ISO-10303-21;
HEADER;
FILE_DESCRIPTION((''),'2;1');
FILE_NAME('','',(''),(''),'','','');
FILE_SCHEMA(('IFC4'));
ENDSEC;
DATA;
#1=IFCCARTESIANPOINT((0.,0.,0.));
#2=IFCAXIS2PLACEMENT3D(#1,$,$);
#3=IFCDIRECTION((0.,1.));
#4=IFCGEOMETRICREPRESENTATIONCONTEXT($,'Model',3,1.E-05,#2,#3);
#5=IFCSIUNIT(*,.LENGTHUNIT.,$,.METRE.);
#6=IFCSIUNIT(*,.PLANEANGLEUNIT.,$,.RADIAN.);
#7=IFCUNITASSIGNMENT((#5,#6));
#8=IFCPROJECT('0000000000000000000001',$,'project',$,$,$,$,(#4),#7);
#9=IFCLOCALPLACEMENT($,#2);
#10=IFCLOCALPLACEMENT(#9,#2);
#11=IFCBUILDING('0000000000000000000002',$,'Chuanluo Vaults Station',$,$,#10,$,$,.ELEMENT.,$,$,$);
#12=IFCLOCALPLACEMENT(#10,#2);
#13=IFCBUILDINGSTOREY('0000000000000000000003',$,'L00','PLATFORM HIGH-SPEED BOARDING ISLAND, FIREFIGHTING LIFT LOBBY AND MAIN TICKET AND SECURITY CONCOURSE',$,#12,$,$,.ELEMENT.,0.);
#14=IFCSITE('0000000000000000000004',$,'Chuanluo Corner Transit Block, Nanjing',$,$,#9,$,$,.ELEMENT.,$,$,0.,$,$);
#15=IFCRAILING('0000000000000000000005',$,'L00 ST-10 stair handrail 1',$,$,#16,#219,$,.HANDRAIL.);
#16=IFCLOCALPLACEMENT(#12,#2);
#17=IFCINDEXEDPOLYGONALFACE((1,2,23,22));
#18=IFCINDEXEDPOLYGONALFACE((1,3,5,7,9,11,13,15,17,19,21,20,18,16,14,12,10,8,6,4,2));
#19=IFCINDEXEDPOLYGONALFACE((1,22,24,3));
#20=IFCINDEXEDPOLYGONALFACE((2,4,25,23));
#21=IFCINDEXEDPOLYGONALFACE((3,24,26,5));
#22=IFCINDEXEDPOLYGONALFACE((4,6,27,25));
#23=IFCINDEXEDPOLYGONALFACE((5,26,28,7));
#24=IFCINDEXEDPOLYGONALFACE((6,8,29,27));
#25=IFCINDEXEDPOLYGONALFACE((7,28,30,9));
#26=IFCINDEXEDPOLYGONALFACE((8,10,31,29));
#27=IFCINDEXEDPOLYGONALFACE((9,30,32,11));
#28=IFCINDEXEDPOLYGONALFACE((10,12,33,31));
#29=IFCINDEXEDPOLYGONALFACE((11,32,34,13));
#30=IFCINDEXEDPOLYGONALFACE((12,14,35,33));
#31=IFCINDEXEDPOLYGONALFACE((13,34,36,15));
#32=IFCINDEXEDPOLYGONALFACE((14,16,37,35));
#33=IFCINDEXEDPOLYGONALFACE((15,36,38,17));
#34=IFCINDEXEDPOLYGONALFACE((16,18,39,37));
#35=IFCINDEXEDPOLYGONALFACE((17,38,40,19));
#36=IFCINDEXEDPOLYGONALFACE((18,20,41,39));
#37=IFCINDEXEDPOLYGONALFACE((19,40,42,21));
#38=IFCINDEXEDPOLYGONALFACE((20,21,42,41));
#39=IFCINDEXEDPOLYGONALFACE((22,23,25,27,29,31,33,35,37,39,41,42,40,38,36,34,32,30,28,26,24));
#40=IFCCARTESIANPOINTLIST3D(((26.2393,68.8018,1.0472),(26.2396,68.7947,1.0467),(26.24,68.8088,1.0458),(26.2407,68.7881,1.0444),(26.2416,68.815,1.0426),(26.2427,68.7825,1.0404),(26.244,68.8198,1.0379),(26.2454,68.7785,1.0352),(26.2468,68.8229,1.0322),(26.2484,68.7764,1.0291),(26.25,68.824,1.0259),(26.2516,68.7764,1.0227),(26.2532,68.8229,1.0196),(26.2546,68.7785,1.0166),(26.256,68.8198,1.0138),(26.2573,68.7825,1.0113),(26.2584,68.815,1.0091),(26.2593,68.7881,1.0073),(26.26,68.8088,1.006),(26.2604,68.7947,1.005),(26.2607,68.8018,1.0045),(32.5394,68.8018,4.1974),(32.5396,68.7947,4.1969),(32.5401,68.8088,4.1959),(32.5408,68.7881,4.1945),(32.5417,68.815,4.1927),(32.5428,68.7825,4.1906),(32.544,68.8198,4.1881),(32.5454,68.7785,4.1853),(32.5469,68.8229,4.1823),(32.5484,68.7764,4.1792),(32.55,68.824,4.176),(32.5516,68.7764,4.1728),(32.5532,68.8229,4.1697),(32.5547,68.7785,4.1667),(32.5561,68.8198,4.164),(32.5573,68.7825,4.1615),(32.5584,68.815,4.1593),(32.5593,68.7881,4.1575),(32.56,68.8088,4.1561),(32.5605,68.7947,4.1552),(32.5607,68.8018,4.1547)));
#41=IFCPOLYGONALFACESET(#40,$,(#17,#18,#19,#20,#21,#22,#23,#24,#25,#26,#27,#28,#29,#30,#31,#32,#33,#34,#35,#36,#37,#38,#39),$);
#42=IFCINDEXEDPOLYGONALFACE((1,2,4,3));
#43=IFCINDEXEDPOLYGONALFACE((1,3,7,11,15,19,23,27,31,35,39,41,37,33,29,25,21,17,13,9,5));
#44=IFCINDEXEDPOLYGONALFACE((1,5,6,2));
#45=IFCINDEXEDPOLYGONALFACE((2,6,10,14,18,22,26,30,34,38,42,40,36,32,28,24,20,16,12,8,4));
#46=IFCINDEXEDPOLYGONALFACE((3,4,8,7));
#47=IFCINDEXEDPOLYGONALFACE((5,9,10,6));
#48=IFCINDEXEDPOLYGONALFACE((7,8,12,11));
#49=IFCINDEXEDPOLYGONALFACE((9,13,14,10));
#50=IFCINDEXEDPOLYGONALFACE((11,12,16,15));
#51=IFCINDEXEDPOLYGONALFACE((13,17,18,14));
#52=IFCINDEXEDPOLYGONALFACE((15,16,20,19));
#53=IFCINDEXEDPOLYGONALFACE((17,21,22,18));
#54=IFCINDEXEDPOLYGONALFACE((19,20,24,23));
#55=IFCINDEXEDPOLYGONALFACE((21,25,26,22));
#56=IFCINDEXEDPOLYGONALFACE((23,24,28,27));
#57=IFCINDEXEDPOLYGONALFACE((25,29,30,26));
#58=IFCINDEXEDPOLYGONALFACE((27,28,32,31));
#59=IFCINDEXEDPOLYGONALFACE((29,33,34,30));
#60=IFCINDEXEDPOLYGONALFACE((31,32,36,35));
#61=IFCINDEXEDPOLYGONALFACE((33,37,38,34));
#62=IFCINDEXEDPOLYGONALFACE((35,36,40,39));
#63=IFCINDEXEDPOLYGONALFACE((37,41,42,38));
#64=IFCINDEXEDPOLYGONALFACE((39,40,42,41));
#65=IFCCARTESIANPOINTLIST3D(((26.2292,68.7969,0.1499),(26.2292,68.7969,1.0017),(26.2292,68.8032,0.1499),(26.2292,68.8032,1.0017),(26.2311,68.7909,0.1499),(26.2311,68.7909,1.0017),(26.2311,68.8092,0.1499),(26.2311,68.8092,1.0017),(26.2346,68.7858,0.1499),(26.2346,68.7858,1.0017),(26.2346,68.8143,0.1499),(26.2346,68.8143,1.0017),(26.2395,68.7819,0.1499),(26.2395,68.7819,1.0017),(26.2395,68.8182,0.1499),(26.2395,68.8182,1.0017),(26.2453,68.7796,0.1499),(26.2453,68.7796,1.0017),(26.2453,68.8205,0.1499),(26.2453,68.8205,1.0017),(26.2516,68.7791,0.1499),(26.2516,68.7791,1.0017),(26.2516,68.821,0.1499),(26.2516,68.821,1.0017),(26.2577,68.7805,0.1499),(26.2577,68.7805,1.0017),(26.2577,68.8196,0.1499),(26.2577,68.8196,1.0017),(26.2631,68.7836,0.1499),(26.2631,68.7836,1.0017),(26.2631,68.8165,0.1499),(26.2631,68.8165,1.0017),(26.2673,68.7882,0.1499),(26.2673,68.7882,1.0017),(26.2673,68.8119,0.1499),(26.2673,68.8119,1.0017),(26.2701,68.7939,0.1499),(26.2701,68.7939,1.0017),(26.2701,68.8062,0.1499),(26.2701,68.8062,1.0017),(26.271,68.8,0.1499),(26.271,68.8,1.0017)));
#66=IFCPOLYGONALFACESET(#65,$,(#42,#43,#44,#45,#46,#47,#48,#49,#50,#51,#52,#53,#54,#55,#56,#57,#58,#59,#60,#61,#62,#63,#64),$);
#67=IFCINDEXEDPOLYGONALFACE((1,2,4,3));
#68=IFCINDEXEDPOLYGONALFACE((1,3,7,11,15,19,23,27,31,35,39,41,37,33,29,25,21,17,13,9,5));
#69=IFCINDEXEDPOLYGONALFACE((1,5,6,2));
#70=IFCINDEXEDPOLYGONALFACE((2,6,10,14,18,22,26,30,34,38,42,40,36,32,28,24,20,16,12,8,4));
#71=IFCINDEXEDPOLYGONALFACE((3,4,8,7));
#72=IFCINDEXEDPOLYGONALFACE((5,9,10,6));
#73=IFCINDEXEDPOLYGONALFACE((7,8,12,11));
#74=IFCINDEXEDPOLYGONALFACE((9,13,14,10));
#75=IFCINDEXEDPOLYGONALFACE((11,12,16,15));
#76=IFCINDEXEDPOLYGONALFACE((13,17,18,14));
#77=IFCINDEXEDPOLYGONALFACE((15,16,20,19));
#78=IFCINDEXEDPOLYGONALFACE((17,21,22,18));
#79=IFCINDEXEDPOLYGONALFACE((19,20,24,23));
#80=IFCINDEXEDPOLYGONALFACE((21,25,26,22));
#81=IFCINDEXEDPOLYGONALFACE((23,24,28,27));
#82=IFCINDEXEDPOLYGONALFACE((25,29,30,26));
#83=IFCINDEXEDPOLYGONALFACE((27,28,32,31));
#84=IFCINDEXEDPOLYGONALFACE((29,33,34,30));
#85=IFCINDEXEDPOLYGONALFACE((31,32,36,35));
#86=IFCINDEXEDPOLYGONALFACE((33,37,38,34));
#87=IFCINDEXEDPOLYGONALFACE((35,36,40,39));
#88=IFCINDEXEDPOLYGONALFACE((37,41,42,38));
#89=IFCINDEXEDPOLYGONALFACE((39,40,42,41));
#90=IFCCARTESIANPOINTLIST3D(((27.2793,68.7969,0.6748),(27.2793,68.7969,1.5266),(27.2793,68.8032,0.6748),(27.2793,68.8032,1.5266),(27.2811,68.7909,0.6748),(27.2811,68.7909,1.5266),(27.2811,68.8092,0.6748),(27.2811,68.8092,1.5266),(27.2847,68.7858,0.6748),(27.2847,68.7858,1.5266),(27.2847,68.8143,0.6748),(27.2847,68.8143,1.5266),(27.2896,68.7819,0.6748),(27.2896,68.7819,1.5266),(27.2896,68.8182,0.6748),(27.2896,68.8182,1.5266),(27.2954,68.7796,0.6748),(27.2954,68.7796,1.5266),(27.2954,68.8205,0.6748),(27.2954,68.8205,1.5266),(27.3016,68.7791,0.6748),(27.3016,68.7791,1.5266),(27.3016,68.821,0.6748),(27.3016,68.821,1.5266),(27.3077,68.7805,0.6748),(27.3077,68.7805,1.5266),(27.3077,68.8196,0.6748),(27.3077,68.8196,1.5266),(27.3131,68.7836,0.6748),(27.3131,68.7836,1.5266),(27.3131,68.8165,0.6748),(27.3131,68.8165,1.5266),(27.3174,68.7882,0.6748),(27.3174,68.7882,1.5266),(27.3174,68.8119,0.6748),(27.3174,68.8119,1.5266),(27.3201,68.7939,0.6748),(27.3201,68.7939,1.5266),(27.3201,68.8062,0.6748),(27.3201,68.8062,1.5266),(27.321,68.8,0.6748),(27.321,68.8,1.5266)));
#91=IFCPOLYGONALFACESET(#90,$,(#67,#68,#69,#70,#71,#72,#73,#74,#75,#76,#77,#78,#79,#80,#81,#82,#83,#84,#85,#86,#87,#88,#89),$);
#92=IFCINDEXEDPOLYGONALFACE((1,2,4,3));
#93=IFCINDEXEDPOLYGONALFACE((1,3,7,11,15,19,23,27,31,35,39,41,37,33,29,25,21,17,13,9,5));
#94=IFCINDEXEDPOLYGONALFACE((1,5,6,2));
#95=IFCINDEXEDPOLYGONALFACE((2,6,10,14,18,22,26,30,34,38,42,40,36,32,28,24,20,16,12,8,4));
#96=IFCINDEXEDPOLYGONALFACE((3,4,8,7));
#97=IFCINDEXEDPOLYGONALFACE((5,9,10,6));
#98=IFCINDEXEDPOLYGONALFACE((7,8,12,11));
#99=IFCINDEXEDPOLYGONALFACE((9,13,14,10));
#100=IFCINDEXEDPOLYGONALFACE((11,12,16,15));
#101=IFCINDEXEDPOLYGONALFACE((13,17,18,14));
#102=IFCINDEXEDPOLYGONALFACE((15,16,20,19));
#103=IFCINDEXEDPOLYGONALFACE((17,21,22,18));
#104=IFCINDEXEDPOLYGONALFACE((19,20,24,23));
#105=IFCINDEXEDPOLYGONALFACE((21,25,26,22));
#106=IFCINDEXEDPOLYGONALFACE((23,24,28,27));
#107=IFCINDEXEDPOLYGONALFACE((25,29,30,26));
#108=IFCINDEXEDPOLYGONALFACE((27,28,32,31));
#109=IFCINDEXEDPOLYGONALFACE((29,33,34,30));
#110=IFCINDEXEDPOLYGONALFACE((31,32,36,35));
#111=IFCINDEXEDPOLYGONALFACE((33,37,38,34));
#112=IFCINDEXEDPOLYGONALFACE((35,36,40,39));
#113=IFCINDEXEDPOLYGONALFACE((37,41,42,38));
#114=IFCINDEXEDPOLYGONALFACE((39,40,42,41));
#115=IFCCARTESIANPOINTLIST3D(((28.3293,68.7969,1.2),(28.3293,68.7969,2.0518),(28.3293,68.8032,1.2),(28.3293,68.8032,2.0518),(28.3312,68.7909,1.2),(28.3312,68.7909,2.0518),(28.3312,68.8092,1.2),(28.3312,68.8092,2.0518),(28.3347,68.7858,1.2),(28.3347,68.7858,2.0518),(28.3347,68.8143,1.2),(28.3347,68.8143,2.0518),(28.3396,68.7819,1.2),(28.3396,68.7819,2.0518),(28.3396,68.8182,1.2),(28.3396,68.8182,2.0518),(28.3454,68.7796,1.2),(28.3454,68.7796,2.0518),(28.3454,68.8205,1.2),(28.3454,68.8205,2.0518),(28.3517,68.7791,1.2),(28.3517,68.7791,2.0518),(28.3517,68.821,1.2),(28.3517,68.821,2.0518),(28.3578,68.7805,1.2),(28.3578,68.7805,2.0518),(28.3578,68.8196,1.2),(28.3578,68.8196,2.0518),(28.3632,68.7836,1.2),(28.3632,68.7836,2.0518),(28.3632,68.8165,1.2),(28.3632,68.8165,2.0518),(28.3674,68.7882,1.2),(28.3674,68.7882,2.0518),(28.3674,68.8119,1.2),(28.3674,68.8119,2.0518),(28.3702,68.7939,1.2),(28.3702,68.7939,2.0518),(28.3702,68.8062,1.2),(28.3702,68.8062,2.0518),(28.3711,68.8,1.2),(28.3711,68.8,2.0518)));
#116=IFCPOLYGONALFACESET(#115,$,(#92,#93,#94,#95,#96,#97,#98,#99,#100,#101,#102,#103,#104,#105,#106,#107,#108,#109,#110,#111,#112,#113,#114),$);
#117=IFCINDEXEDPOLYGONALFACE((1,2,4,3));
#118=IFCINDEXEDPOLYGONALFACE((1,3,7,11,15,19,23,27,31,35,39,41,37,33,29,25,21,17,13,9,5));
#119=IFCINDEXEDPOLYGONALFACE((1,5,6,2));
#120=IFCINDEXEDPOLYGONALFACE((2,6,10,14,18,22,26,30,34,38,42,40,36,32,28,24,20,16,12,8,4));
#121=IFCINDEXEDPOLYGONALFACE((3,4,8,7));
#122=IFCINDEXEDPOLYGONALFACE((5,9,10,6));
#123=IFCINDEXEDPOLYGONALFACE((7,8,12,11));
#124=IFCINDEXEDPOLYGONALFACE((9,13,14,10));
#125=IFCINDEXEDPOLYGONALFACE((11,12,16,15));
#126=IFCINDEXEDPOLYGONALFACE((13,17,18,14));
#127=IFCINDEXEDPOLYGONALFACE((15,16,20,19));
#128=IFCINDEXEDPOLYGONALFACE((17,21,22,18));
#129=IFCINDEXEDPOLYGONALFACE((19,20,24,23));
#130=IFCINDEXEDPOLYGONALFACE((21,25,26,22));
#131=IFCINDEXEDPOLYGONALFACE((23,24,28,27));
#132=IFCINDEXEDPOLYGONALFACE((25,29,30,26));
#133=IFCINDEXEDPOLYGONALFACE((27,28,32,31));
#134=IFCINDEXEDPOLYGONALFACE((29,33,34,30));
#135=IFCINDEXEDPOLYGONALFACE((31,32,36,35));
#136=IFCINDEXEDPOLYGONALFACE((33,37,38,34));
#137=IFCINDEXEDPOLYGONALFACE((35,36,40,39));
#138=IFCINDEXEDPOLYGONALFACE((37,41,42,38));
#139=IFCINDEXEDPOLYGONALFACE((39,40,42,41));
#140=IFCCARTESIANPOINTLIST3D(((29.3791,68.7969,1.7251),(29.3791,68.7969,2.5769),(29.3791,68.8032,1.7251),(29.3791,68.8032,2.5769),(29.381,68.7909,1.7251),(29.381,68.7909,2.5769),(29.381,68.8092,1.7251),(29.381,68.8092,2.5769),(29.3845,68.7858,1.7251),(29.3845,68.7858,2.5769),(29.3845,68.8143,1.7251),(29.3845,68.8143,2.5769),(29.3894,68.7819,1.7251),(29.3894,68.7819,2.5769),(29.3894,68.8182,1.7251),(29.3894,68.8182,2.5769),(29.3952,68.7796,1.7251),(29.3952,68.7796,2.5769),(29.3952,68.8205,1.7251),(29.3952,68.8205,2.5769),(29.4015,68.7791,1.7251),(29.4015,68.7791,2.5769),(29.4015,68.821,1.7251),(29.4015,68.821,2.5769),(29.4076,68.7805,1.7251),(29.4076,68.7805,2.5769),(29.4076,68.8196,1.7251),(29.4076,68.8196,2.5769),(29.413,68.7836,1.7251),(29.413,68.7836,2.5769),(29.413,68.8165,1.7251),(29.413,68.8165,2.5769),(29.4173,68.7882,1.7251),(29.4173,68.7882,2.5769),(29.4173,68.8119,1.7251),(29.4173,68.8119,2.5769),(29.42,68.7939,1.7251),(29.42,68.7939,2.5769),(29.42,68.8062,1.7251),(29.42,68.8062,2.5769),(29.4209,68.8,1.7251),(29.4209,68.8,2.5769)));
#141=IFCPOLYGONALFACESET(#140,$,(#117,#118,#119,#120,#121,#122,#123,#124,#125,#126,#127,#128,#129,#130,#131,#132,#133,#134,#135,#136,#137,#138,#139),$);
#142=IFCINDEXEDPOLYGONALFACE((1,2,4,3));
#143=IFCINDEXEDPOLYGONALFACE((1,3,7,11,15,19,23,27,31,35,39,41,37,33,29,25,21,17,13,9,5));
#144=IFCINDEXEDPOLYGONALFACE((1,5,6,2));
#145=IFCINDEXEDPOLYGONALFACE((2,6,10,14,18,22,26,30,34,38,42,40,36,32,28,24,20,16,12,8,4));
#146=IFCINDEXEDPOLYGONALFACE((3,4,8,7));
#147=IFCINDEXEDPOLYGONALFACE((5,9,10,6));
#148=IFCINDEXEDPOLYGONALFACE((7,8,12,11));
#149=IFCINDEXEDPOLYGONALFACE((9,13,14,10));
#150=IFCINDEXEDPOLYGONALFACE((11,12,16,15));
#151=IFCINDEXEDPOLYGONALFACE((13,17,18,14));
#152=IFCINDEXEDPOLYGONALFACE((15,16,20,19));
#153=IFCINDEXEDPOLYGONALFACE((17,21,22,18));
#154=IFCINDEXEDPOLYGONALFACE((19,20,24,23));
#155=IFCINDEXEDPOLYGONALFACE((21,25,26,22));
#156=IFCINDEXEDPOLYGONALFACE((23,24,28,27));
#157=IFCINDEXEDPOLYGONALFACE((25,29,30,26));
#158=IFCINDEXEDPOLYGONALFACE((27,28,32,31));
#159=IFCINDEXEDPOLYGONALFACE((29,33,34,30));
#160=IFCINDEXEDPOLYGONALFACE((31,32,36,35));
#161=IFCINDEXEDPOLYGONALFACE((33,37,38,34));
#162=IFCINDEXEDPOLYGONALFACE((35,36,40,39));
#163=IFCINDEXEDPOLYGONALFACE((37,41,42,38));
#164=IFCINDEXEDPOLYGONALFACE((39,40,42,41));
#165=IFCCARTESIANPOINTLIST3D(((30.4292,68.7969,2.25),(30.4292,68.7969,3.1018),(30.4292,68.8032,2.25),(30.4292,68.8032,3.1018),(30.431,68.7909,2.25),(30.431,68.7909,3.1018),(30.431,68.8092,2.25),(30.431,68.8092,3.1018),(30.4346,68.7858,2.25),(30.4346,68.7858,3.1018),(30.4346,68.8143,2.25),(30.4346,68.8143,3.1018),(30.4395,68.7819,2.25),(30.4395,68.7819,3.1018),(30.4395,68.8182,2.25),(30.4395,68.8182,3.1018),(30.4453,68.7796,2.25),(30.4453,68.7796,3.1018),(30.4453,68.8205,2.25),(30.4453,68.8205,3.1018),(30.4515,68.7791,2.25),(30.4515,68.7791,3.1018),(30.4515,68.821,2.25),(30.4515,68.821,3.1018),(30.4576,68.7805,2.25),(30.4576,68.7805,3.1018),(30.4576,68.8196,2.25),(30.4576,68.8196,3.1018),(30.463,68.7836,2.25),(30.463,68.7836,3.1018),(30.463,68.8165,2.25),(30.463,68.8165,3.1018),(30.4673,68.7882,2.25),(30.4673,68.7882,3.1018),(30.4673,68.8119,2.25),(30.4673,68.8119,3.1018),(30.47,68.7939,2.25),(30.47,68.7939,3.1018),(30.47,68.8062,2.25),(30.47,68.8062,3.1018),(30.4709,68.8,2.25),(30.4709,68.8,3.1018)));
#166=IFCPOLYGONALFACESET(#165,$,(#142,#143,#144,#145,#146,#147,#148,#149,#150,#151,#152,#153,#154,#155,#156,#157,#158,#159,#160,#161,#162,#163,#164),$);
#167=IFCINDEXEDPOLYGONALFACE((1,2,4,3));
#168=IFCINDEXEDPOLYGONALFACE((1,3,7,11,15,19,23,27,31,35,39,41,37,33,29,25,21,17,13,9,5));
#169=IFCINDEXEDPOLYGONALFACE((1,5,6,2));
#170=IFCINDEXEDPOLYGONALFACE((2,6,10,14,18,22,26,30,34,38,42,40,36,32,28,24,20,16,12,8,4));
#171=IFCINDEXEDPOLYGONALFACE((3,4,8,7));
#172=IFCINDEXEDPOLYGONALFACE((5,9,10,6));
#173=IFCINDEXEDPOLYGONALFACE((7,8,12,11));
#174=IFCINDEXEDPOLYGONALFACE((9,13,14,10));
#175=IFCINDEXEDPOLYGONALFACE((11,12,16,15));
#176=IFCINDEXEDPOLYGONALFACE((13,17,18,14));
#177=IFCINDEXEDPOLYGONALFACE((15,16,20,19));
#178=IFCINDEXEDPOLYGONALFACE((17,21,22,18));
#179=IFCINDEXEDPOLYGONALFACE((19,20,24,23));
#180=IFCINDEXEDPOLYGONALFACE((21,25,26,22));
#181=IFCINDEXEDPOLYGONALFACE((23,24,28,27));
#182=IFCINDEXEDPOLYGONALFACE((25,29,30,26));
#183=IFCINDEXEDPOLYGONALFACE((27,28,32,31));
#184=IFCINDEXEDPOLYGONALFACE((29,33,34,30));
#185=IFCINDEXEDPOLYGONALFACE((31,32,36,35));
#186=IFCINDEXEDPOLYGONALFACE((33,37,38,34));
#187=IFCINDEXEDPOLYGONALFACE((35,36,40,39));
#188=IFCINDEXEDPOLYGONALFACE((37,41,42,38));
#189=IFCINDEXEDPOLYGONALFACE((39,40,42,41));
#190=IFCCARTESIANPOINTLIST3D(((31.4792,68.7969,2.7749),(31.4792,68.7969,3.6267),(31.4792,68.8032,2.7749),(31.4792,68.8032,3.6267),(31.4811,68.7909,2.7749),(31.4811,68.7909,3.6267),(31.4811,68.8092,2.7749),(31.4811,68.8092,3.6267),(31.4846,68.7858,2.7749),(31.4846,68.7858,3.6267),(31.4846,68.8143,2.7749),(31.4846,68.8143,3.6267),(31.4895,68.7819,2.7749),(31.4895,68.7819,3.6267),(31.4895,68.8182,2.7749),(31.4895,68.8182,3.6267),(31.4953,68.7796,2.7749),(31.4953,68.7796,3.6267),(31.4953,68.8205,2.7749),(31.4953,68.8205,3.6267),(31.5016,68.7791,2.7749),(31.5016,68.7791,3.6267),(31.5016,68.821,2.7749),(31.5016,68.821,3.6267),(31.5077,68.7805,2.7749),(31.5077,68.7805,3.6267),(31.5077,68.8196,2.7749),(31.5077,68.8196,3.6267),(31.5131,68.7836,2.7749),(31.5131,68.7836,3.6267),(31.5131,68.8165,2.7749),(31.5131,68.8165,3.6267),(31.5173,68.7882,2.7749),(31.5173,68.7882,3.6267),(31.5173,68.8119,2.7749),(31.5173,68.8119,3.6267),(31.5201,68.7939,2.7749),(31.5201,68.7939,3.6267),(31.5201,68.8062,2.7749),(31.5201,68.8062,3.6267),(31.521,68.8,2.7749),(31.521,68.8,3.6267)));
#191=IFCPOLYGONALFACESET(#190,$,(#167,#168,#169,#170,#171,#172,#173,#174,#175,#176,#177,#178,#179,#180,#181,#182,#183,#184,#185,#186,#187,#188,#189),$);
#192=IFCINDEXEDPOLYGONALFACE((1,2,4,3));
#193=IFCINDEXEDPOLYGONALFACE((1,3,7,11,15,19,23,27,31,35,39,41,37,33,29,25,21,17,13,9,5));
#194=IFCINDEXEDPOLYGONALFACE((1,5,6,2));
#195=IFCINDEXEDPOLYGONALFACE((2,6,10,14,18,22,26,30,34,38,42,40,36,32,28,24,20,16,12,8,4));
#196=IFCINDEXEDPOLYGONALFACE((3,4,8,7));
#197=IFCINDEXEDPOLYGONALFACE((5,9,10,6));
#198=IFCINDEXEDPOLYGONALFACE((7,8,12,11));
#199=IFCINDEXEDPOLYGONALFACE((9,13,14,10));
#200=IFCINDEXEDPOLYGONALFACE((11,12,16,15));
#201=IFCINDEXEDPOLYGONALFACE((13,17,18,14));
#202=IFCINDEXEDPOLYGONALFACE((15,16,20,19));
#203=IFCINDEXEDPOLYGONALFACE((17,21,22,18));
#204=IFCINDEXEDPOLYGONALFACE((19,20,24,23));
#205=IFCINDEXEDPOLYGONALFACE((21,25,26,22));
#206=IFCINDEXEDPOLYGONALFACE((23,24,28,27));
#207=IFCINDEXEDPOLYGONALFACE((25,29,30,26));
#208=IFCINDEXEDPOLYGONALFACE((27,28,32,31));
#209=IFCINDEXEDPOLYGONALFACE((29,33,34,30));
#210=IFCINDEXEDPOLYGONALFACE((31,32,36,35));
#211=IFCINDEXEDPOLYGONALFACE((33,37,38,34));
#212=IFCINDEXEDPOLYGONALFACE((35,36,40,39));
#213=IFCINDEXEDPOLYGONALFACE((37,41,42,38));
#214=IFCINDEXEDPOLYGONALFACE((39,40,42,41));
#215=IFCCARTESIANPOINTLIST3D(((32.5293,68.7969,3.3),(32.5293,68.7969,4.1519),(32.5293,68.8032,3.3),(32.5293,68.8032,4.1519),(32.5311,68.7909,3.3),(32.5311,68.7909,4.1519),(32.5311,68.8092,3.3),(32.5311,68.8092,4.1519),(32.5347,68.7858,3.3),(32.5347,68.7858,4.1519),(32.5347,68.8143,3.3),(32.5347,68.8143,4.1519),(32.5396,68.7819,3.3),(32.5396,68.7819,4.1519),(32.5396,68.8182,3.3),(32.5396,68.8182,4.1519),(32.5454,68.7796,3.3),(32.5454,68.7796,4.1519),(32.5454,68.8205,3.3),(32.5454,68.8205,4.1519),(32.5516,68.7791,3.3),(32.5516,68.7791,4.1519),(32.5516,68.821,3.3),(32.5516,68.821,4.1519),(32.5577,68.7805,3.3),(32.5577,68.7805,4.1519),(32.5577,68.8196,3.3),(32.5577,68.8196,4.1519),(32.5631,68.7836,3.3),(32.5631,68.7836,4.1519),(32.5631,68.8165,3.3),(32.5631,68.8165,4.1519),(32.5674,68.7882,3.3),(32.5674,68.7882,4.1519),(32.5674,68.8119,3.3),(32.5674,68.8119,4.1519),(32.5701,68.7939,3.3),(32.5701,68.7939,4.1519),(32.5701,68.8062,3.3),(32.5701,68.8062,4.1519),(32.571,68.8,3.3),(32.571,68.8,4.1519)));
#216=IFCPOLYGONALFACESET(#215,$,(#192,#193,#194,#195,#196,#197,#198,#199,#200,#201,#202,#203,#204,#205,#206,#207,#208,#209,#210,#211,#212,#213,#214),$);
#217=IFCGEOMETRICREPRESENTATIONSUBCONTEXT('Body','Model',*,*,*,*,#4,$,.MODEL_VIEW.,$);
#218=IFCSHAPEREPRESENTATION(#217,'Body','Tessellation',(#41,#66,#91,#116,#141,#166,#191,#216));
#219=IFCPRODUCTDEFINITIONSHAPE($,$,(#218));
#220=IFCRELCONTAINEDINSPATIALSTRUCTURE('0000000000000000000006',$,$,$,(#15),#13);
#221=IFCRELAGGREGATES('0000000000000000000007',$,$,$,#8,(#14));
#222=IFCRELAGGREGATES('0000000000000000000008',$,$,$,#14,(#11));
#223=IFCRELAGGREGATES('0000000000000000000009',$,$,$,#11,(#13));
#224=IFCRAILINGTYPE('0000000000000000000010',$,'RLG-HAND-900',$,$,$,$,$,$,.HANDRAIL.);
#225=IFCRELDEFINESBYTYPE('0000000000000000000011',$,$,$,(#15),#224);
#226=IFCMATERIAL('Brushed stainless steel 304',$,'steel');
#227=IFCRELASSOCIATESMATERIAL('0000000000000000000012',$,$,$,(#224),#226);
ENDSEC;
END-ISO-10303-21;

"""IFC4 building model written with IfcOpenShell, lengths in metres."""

from ifc_helpers import new_model, si_unit, direction, frame, origin, origin_2d, place, context, subcontext, project, spatial, circle, extrude, material, type_object, element, save


model = new_model("IFC4")

# Units and contexts
model_context = context("Model", 3, precision=1e-05, world=origin(), true_north=direction((0.0, 1.0)))
body_context = subcontext(model_context, "Body", "Model", "MODEL_VIEW")
ifc_project = project(units=[si_unit("LENGTHUNIT", "METRE"), si_unit("PLANEANGLEUNIT", "RADIAN")], contexts=[model_context])

# Site, building, storey
site_placement = place(None, origin())
site = spatial("IfcSite", under=ifc_project, at=site_placement, Name="Chuanluo Corner Transit Block, Nanjing", CompositionType="ELEMENT", RefElevation=0.0)
building_placement = place(site_placement, origin())
building = spatial("IfcBuilding", under=site, at=building_placement, Name="Chuanluo Vaults Station", CompositionType="ELEMENT")
storey_placement = place(building_placement, origin())
storey = spatial("IfcBuildingStorey", under=building, at=storey_placement, Name="L00", Description="PLATFORM HIGH-SPEED BOARDING ISLAND, FIREFIGHTING LIFT LOBBY AND MAIN TICKET AND SECURITY CONCOURSE", CompositionType="ELEMENT", Elevation=0.0)

# Railing
ifc_material_1 = material(Name="Brushed stainless steel 304", Category="steel")
railing_type_1 = type_object("IfcRailingType", Name="RLG-HAND-900", PredefinedType="HANDRAIL", material=ifc_material_1)
railing_1_placement = place(storey_placement, frame((26.25, 68.8, 0.1499)))
element("IfcRailing", 1, at=railing_1_placement, inside=storey, type_object=railing_type_1, Name="L00 ST-10 stair handrail 1", PredefinedType="HANDRAIL", context=body_context, shape_type="SweptSolid", body=[
    extrude(circle(Radius=0.0239, at=origin_2d()), frame((0.0, 0.0, 0.876), z_axis=(0.89442, 0.0, 0.447227), x_axis=(0.0, 1.0, 0.0)), (0.0, 0.0, 1.0), 7.0437),
    extrude(circle(Radius=0.021, at=origin_2d()), origin(), (0.0, 0.0, 1.0), 0.8518),
    extrude(circle(Radius=0.021, at=origin_2d()), frame((1.05, 0.0, 0.5249)), (0.0, 0.0, 1.0), 0.8518),
    extrude(circle(Radius=0.021, at=origin_2d()), frame((2.1001, 0.0, 1.05)), (0.0, 0.0, 1.0), 0.8518),
    extrude(circle(Radius=0.021, at=origin_2d()), frame((3.1499, 0.0, 1.5752)), (0.0, 0.0, 1.0), 0.8518),
    extrude(circle(Radius=0.021, at=origin_2d()), frame((4.2, 0.0, 2.1001)), (0.0, 0.0, 1.0), 0.8518),
    extrude(circle(Radius=0.021, at=origin_2d()), frame((5.25, 0.0, 2.625)), (0.0, 0.0, 1.0), 0.8518),
    extrude(circle(Radius=0.021, at=origin_2d()), frame((6.3, 0.0, 3.1501)), (0.0, 0.0, 1.0), 0.8518),
])

save(model, "model.ifc")
